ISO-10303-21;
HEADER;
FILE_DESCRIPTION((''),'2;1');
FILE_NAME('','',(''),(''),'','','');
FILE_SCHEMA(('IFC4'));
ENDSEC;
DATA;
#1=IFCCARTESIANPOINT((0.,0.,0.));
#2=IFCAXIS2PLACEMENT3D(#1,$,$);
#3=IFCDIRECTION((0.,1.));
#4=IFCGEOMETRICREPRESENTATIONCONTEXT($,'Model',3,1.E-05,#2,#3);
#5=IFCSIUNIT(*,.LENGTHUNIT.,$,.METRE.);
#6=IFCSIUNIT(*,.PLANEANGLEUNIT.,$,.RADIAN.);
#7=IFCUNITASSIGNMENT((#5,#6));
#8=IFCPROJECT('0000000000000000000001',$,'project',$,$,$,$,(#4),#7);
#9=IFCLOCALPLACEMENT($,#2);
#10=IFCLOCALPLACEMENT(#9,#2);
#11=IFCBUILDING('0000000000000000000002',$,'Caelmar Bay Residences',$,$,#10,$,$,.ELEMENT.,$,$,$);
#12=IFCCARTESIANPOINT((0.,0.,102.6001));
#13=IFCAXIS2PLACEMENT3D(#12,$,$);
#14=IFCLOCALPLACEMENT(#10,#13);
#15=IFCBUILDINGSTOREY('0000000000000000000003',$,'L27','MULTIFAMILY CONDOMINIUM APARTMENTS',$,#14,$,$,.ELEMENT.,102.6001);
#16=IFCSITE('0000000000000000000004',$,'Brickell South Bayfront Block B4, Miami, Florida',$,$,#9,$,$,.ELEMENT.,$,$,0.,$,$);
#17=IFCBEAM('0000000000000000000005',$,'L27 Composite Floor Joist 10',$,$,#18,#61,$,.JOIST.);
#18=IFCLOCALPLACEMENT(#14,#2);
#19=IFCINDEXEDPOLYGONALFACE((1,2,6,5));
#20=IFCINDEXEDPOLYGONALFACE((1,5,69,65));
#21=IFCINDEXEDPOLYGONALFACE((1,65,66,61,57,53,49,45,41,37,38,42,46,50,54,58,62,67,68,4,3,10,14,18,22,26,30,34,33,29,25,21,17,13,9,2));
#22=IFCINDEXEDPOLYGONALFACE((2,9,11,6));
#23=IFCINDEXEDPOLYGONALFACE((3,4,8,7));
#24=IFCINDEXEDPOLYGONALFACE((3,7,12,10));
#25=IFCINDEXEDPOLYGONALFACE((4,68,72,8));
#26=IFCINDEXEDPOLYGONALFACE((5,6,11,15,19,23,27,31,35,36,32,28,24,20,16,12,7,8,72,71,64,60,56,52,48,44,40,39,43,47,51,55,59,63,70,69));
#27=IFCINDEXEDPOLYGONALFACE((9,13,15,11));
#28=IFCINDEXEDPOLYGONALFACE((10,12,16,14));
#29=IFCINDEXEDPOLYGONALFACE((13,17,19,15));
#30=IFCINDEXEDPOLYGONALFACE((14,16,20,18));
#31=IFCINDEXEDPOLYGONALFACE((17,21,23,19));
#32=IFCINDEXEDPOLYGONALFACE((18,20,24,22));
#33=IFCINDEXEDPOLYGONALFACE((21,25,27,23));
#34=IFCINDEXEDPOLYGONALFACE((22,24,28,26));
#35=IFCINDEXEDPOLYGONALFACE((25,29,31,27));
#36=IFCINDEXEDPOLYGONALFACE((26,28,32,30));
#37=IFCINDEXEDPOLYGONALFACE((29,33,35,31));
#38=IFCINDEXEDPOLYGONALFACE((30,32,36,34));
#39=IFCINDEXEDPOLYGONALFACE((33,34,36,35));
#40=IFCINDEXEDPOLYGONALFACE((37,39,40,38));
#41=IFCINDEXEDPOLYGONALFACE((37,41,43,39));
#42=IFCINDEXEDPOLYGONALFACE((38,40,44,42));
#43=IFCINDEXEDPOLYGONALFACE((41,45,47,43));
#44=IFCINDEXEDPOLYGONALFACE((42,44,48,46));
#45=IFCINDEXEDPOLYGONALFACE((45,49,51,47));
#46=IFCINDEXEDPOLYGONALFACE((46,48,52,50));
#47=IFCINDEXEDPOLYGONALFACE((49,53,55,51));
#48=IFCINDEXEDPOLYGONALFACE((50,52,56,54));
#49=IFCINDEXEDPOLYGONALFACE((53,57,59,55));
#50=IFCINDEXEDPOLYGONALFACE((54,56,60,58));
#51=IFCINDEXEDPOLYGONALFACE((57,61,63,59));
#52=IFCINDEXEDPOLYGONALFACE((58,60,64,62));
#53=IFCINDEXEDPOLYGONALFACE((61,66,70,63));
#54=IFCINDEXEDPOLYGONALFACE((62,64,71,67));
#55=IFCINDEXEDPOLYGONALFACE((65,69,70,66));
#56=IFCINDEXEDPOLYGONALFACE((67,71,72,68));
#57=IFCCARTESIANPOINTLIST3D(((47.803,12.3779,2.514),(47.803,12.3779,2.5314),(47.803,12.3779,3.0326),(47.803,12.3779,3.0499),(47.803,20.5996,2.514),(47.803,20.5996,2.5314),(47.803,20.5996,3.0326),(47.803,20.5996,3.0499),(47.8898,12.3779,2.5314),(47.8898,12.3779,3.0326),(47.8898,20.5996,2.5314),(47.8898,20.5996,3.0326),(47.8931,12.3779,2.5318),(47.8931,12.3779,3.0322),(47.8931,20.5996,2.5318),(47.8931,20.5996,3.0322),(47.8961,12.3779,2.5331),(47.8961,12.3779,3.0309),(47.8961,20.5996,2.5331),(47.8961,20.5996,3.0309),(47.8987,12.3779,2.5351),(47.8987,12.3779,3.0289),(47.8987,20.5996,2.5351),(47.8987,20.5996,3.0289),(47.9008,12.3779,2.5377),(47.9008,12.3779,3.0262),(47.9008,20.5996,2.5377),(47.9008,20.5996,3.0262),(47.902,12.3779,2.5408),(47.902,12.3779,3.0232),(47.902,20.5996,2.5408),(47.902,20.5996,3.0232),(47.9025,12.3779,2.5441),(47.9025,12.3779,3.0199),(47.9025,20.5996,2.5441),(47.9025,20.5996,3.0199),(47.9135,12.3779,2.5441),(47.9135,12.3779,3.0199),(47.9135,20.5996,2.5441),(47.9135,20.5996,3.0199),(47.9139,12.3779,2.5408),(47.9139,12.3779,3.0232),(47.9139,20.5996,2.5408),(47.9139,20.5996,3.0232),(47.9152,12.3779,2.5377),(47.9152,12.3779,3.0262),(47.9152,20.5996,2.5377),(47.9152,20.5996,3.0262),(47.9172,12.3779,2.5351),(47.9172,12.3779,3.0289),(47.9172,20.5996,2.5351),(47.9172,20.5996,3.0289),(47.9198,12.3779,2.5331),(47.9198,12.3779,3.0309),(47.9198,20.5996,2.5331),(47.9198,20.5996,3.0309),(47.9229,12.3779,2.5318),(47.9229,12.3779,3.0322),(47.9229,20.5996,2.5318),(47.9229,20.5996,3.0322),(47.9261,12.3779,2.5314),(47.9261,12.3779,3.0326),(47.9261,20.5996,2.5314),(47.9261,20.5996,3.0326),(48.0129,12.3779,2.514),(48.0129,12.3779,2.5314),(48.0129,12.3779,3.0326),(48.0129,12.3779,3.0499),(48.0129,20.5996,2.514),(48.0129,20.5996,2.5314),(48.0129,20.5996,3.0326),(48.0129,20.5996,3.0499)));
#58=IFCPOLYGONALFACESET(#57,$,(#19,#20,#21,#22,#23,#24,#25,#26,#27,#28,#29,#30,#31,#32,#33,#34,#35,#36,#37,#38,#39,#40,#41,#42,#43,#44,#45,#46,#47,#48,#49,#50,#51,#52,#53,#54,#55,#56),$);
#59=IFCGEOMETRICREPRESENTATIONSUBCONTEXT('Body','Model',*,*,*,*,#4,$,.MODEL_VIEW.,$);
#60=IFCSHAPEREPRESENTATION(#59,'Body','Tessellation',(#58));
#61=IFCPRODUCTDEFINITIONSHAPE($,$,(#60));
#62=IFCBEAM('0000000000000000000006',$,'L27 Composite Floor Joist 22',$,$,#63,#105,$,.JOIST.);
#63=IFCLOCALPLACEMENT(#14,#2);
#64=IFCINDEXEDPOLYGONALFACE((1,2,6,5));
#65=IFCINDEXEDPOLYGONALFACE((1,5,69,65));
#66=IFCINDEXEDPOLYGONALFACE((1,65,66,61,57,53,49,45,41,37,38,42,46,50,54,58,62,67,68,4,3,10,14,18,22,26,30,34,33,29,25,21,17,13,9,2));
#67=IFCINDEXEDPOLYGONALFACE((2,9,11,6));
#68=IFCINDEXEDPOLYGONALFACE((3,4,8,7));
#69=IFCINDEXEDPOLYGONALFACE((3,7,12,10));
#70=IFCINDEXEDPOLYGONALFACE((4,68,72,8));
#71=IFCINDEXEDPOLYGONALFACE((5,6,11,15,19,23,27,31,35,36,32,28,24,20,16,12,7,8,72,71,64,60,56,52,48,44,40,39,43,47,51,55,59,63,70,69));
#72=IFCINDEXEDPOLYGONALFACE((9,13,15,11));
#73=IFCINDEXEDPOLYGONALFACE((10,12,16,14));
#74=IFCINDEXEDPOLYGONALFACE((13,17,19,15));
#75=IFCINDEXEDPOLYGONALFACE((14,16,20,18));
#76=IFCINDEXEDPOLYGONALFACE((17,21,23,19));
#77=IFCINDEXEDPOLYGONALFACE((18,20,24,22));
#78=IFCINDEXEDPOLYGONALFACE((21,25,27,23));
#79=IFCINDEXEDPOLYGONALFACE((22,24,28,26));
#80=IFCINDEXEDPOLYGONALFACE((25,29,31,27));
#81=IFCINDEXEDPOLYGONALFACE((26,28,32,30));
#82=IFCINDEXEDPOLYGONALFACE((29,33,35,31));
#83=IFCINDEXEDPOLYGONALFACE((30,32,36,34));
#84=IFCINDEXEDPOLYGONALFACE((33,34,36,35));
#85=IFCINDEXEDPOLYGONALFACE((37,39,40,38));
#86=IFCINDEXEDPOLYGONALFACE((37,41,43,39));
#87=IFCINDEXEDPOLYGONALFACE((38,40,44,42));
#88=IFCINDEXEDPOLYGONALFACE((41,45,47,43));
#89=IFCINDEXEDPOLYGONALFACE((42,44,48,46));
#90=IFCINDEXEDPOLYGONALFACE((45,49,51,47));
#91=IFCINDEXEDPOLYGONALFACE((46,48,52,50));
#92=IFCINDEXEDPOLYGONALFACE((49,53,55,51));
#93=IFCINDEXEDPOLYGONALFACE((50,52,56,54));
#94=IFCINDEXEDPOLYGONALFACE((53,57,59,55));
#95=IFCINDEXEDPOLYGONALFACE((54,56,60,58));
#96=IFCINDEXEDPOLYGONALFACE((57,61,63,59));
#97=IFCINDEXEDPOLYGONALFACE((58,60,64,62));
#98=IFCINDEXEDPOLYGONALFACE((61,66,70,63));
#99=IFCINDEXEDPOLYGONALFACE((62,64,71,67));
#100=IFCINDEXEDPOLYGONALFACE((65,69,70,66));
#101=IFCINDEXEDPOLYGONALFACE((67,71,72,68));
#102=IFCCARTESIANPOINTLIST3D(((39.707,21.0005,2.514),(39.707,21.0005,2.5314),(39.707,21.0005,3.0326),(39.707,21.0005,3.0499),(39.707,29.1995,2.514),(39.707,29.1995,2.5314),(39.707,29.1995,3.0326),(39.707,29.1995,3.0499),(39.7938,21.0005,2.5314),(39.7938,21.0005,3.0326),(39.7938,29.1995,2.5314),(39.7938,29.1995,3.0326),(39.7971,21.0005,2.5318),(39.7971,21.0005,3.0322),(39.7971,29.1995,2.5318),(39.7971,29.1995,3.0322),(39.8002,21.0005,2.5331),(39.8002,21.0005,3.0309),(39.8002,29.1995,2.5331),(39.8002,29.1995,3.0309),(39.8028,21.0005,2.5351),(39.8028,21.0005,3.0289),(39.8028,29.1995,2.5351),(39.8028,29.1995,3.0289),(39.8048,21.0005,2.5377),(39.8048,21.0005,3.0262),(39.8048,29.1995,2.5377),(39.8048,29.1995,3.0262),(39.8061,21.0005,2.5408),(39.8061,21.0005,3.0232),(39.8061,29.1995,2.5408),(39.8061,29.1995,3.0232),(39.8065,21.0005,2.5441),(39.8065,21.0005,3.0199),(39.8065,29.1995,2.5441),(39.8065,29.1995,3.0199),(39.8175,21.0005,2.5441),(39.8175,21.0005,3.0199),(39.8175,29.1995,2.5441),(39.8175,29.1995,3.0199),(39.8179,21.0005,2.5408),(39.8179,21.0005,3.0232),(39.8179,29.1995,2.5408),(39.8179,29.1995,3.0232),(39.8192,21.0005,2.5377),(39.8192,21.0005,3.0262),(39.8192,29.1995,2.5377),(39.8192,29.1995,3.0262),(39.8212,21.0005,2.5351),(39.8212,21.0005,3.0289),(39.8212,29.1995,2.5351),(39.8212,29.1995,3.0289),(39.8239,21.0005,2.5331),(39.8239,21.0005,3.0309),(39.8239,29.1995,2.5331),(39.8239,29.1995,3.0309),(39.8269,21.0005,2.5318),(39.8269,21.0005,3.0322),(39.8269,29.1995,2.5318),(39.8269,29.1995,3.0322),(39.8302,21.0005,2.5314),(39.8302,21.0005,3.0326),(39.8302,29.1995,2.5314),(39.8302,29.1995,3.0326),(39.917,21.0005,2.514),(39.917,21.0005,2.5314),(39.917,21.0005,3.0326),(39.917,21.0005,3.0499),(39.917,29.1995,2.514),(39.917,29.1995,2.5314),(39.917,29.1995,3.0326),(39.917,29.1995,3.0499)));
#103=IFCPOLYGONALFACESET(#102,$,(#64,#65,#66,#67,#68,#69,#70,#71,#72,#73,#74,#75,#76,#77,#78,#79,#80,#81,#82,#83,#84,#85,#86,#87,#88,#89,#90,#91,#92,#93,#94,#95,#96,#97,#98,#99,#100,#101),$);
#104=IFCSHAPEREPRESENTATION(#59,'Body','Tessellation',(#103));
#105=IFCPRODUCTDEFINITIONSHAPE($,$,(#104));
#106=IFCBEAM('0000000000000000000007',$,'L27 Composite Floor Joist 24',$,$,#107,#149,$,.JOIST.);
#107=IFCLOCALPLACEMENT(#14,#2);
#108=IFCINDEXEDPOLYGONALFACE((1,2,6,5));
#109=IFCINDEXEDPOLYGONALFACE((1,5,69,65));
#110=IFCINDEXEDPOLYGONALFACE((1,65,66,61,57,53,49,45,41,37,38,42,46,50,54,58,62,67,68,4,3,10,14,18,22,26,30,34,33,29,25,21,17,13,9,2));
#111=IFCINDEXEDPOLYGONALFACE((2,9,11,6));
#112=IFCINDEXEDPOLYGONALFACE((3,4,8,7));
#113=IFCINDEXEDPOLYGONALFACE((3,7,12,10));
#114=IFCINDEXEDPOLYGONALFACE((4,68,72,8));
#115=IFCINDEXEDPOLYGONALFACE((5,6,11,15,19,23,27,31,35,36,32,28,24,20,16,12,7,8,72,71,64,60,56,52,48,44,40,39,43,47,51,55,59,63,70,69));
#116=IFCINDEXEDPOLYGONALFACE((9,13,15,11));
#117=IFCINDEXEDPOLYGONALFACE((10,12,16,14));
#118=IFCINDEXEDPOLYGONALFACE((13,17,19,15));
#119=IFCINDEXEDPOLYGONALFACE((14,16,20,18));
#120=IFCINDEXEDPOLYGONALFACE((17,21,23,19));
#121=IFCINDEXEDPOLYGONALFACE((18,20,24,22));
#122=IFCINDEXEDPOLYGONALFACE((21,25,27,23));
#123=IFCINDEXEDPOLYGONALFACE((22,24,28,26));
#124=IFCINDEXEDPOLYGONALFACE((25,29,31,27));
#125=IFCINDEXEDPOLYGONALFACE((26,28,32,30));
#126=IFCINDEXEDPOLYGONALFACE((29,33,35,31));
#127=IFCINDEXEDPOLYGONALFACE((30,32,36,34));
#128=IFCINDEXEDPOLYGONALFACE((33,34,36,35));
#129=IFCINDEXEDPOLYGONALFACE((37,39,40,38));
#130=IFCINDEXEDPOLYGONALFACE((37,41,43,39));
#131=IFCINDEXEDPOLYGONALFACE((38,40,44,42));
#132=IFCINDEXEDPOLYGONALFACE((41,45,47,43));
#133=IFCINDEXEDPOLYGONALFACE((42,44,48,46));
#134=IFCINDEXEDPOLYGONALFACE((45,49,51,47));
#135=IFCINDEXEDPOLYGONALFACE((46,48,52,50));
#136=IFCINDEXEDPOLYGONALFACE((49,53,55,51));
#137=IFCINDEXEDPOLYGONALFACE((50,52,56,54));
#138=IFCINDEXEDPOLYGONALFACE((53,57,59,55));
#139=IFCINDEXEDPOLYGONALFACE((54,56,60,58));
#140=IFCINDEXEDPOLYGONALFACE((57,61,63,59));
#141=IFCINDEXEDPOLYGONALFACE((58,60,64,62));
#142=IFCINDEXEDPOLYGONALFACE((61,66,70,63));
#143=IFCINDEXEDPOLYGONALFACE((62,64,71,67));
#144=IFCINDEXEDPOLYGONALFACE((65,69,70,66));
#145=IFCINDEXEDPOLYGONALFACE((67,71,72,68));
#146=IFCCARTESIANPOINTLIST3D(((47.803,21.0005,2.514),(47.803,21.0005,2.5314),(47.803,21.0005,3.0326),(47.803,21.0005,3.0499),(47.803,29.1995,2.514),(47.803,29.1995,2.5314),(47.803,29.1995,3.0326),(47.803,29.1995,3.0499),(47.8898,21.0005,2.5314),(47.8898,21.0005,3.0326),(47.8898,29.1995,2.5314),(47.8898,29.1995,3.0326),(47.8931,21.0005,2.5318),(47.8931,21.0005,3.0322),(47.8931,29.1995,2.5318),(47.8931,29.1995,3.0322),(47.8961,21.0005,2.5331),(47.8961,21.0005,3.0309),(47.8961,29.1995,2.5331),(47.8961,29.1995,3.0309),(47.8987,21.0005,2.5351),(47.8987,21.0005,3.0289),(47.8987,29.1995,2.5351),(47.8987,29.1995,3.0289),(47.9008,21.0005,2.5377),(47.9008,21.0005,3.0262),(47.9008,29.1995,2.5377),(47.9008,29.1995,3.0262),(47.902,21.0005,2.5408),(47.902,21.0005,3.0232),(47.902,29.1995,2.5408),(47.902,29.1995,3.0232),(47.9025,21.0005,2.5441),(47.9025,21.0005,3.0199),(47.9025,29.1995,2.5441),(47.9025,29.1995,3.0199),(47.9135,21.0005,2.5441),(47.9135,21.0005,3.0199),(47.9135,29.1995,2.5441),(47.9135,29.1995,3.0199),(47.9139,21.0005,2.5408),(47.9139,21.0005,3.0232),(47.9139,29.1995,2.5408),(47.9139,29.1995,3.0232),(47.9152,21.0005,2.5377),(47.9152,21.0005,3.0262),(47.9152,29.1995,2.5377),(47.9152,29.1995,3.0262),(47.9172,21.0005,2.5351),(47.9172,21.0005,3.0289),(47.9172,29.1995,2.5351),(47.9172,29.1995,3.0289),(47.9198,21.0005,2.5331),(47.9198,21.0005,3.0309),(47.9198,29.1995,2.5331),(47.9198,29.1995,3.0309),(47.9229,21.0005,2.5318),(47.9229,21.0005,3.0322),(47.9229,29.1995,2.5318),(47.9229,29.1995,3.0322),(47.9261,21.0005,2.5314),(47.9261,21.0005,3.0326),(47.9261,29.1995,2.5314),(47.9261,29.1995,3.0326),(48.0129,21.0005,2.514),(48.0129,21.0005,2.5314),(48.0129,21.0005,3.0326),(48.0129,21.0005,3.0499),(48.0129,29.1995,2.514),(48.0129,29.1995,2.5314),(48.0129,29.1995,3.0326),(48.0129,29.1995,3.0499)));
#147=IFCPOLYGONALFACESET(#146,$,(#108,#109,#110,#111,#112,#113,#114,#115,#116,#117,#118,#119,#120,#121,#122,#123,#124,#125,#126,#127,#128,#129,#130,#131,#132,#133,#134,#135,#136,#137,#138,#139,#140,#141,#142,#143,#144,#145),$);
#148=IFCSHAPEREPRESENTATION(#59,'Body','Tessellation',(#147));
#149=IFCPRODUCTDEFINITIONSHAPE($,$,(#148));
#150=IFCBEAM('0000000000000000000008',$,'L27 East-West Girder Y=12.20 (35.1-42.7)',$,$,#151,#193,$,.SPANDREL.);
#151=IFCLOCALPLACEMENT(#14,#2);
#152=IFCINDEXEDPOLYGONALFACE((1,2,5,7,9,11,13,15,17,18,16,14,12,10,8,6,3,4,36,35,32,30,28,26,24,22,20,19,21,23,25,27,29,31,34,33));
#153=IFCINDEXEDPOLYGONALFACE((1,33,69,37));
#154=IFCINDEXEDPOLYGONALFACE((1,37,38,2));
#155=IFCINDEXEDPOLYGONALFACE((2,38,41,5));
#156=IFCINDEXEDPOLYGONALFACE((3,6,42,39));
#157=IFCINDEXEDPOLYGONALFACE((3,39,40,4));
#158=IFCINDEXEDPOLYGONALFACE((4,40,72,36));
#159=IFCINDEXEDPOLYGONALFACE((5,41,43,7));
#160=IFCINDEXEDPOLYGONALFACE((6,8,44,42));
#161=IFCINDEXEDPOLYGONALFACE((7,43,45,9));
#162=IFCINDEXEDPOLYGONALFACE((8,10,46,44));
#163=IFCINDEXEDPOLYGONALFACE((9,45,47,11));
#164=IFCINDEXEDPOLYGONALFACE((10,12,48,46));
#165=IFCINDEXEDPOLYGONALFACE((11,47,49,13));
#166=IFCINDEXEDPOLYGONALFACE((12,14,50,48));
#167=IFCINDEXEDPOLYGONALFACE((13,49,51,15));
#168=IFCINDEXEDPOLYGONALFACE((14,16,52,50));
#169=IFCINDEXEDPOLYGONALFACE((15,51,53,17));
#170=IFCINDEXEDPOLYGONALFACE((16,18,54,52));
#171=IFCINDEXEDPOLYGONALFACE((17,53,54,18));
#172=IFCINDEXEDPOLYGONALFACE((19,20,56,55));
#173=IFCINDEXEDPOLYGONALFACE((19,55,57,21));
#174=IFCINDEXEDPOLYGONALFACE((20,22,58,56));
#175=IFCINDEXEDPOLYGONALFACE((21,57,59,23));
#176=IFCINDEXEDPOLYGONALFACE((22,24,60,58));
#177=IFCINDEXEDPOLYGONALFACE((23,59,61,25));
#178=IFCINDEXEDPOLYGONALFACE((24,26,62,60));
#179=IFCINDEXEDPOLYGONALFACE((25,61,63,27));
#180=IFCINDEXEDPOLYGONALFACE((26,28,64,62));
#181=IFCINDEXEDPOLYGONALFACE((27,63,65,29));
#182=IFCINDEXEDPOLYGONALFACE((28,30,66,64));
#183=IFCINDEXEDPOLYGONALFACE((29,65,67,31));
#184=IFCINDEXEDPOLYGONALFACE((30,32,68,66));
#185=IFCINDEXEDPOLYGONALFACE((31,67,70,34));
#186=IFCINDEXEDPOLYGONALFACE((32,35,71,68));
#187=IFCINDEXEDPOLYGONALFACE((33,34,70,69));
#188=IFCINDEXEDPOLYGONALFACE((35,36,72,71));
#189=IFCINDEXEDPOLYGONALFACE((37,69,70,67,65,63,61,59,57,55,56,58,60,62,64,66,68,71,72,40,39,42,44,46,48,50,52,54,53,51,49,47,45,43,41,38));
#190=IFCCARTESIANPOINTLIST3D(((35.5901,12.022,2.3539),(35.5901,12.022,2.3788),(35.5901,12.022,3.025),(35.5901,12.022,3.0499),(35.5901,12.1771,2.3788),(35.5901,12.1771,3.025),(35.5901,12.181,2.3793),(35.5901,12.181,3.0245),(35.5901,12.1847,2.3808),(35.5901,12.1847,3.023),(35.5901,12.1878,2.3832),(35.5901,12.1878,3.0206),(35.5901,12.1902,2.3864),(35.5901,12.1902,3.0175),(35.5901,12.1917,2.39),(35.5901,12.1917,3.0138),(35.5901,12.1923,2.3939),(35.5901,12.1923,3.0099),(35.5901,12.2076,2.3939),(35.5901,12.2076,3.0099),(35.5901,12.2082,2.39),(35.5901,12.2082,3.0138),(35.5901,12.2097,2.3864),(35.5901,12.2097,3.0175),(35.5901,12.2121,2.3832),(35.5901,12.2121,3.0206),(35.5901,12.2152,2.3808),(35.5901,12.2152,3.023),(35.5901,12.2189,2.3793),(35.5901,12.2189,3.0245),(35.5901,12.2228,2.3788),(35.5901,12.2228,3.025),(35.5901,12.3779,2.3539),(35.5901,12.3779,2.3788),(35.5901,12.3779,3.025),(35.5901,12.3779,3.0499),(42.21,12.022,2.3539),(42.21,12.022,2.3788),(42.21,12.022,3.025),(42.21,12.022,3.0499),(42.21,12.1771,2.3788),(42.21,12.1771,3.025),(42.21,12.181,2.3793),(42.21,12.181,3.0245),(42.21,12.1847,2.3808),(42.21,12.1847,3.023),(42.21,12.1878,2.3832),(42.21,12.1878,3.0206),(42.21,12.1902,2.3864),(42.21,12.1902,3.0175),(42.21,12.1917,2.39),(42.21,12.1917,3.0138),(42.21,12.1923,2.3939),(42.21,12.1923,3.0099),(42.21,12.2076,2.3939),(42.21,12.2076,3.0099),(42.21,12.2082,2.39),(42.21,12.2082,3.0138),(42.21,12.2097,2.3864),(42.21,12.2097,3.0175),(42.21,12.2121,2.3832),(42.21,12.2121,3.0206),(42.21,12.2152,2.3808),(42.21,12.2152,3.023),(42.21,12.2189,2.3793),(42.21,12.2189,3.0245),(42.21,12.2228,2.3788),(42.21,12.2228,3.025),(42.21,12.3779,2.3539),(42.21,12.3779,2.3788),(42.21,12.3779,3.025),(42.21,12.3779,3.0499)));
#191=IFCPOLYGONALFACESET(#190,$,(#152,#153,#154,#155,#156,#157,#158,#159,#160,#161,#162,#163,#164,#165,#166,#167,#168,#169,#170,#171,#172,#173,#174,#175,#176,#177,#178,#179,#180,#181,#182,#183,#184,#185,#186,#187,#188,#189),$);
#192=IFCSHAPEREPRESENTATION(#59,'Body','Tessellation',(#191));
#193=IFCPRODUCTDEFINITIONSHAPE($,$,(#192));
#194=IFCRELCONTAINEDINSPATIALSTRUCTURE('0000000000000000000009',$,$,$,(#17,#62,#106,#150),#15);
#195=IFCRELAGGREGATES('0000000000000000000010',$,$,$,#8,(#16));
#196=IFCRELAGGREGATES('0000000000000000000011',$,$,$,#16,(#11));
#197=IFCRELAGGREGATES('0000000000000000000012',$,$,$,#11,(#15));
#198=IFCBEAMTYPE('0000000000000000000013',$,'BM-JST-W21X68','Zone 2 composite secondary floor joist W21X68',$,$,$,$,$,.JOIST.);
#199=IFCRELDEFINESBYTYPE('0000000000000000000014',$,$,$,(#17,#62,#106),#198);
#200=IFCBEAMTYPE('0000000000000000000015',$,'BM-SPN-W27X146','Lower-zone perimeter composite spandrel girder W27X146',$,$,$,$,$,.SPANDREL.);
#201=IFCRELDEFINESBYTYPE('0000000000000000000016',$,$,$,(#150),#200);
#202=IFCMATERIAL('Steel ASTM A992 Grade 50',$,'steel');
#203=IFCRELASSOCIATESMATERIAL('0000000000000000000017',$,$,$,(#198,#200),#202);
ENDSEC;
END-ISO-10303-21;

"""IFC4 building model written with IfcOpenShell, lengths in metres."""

from ifc_helpers import new_model, si_unit, direction, frame, origin, origin_2d, place, context, subcontext, project, spatial, i_section, extrude, material, material_profile, profile_set, type_object, element, save


model = new_model("IFC4")

# Units and contexts
model_context = context("Model", 3, precision=1e-05, world=origin(), true_north=direction((0.0, 1.0)))
body_context = subcontext(model_context, "Body", "Model", "MODEL_VIEW")
ifc_project = project(units=[si_unit("LENGTHUNIT", "METRE"), si_unit("PLANEANGLEUNIT", "RADIAN")], contexts=[model_context])

# Site, building, storey
site_placement = place(None, origin())
site = spatial("IfcSite", under=ifc_project, at=site_placement, Name="Brickell South Bayfront Block B4, Miami, Florida", CompositionType="ELEMENT", RefElevation=0.0)
building_placement = place(site_placement, origin())
building = spatial("IfcBuilding", under=site, at=building_placement, Name="Caelmar Bay Residences", CompositionType="ELEMENT")
storey_placement = place(building_placement, frame((0.0, 0.0, 102.6001)))
storey = spatial("IfcBuildingStorey", under=building, at=storey_placement, Name="L27", Description="MULTIFAMILY CONDOMINIUM APARTMENTS", CompositionType="ELEMENT", Elevation=102.6001)

# Beams
ifc_material_1 = material(Name="Steel ASTM A992 Grade 50", Category="steel")
ifc_material_profile_1 = material_profile(ifc_material_1, i_section(OverallWidth=0.21, OverallDepth=0.5359, WebThickness=0.011, FlangeThickness=0.0173, FilletRadius=0.0127, at=origin_2d()), Name="W21X68")
ifc_profile_set_1 = profile_set([ifc_material_profile_1], Name="Steel ASTM A992 Grade 50")
beam_type_1 = type_object("IfcBeamType", Name="BM-JST-W21X68", Description="Zone 2 composite secondary floor joist W21X68", PredefinedType="JOIST", material=ifc_profile_set_1)
for number, where, z_axis, x_axis, name in (
    (1, (47.908, 12.3779, 2.782), (0.0, 1.0, 0.0), (-1.0, 0.0, 0.0), "L27 Composite Floor Joist 10"),
):
    element("IfcBeam", number, at=place(storey_placement, frame(where, z_axis=z_axis, x_axis=x_axis)), inside=storey, type_object=beam_type_1, Name=name, PredefinedType="JOIST", context=body_context, shape_type="SweptSolid", body=[
        extrude(i_section(OverallWidth=0.21, OverallDepth=0.5359, WebThickness=0.011, FlangeThickness=0.0173, FilletRadius=0.0127, at=origin_2d()), origin(), (0.0, 0.0, 1.0), 8.2217),
    ])
for number, where, z_axis, x_axis, name in (
    (2, (39.812, 21.0005, 2.782), (0.0, 1.0, 0.0), (-1.0, 0.0, 0.0), "L27 Composite Floor Joist 22"),
    (3, (47.908, 21.0005, 2.782), (0.0, 1.0, 0.0), (-1.0, 0.0, 0.0), "L27 Composite Floor Joist 24"),
):
    element("IfcBeam", number, at=place(storey_placement, frame(where, z_axis=z_axis, x_axis=x_axis)), inside=storey, type_object=beam_type_1, Name=name, PredefinedType="JOIST", context=body_context, shape_type="SweptSolid", body=[
        extrude(i_section(OverallWidth=0.21, OverallDepth=0.5359, WebThickness=0.011, FlangeThickness=0.0173, FilletRadius=0.0127, at=origin_2d()), origin(), (0.0, 0.0, 1.0), 8.199),
    ])
ifc_material_profile_2 = material_profile(ifc_material_1, i_section(OverallWidth=0.356, OverallDepth=0.696, WebThickness=0.0154, FlangeThickness=0.0249, FilletRadius=0.0151, at=origin_2d()), Name="W27X146")
ifc_profile_set_2 = profile_set([ifc_material_profile_2], Name="Steel ASTM A992 Grade 50")
beam_type_2 = type_object("IfcBeamType", Name="BM-SPN-W27X146", Description="Lower-zone perimeter composite spandrel girder W27X146", PredefinedType="SPANDREL", material=ifc_profile_set_2)
beam_1_placement = place(storey_placement, frame((35.5901, 12.2, 2.7019), z_axis=(1.0, 0.0, 0.0), x_axis=(0.0, 1.0, 0.0)))
element("IfcBeam", 4, at=beam_1_placement, inside=storey, type_object=beam_type_2, Name="L27 East-West Girder Y=12.20 (35.1-42.7)", PredefinedType="SPANDREL", context=body_context, shape_type="SweptSolid", body=[
    extrude(i_section(OverallWidth=0.356, OverallDepth=0.696, WebThickness=0.0154, FlangeThickness=0.0249, FilletRadius=0.0151, at=origin_2d()), origin(), (0.0, 0.0, 1.0), 6.6199),
])

save(model, "model.ifc")
